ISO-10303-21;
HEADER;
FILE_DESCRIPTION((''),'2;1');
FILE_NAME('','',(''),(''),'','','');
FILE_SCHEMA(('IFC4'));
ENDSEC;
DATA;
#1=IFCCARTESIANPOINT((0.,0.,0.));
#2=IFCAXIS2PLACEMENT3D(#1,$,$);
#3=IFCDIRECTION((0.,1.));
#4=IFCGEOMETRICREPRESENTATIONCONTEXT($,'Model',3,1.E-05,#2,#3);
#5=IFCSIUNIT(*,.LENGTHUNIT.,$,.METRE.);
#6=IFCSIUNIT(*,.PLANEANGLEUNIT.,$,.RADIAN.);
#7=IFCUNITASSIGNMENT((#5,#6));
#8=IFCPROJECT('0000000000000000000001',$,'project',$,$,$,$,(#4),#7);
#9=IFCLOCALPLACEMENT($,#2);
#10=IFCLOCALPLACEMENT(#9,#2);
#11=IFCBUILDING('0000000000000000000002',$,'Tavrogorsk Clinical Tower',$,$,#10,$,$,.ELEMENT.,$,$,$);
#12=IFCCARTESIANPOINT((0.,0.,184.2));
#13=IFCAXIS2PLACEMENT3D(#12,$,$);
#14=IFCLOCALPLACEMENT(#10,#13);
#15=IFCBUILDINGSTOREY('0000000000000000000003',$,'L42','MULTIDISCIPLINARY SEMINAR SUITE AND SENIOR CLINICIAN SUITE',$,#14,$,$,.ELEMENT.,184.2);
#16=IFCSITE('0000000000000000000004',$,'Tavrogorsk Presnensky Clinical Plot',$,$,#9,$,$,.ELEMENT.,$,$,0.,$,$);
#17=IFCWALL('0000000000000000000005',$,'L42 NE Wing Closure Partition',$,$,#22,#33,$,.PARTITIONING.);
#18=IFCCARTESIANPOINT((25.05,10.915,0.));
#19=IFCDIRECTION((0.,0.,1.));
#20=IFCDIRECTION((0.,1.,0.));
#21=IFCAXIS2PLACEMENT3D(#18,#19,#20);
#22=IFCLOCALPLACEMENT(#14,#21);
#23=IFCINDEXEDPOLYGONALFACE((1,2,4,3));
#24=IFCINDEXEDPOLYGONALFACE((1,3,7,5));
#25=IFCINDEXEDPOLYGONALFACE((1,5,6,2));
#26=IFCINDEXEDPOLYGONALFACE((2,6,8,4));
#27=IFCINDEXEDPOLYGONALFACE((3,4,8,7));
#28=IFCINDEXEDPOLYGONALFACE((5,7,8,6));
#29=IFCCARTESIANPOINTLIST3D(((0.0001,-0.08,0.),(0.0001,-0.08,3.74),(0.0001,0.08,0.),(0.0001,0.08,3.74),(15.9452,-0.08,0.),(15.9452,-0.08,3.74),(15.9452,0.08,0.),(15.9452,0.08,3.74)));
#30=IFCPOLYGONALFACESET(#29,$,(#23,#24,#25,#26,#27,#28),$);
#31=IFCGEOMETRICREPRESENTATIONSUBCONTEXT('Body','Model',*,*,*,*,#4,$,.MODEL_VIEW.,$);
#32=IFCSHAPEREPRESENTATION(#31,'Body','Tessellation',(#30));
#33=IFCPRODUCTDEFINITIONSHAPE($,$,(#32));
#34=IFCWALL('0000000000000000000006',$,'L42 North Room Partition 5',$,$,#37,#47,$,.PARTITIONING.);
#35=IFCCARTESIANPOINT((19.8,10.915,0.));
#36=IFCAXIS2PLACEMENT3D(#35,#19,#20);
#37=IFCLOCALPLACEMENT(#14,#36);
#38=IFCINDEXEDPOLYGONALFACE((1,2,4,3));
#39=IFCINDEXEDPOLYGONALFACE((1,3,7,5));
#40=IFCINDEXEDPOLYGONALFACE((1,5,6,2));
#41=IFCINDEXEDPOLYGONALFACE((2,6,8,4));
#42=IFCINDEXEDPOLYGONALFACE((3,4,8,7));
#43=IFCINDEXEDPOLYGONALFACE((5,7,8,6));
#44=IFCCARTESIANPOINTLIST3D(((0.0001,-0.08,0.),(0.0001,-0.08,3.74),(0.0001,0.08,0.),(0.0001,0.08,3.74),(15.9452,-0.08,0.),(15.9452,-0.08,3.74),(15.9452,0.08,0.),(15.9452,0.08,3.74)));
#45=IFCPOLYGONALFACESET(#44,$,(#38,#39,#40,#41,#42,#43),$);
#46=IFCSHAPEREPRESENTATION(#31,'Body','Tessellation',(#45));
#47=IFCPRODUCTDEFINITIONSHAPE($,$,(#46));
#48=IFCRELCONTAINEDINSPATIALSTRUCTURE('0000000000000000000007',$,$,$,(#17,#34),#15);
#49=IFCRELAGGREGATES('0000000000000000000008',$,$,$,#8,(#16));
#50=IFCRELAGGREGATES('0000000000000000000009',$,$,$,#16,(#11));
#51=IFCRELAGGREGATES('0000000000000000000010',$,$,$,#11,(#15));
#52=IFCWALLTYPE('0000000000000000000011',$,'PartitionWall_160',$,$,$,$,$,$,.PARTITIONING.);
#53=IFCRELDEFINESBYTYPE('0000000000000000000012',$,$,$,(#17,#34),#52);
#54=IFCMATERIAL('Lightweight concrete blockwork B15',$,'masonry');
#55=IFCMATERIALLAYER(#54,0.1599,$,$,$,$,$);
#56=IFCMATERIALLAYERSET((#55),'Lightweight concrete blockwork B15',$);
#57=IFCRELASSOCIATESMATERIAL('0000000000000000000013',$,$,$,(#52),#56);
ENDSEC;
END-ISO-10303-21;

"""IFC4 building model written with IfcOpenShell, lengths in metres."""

from ifc_helpers import new_model, si_unit, direction, frame, frame_2d, origin, place, context, subcontext, project, spatial, rectangle, extrude, material, layer, layer_set, type_object, element, save


model = new_model("IFC4")

# Units and contexts
model_context = context("Model", 3, precision=1e-05, world=origin(), true_north=direction((0.0, 1.0)))
body_context = subcontext(model_context, "Body", "Model", "MODEL_VIEW")
ifc_project = project(units=[si_unit("LENGTHUNIT", "METRE"), si_unit("PLANEANGLEUNIT", "RADIAN")], contexts=[model_context])

# Site, building, storey
site_placement = place(None, origin())
site = spatial("IfcSite", under=ifc_project, at=site_placement, Name="Tavrogorsk Presnensky Clinical Plot", CompositionType="ELEMENT", RefElevation=0.0)
building_placement = place(site_placement, origin())
building = spatial("IfcBuilding", under=site, at=building_placement, Name="Tavrogorsk Clinical Tower", CompositionType="ELEMENT")
storey_placement = place(building_placement, frame((0.0, 0.0, 184.2)))
storey = spatial("IfcBuildingStorey", under=building, at=storey_placement, Name="L42", Description="MULTIDISCIPLINARY SEMINAR SUITE AND SENIOR CLINICIAN SUITE", CompositionType="ELEMENT", Elevation=184.2)

# Shared definitions
ifc_material_1 = material(Name="Lightweight concrete blockwork B15", Category="masonry")
ifc_layer_1 = layer(ifc_material_1, 0.1599)
ifc_layer_set_1 = layer_set([ifc_layer_1], Name="Lightweight concrete blockwork B15")
wall_type = type_object("IfcWallType", Name="PartitionWall_160", PredefinedType="PARTITIONING", material=ifc_layer_set_1)

# Walls
for number, where, z_axis, x_axis, name in (
    (1, (25.05, 10.915, 0.0), (0.0, 0.0, 1.0), (0.0, 1.0, 0.0), "L42 NE Wing Closure Partition"),
    (2, (19.8, 10.915, 0.0), (0.0, 0.0, 1.0), (0.0, 1.0, 0.0), "L42 North Room Partition 5"),
):
    element("IfcWall", number, at=place(storey_placement, frame(where, z_axis=z_axis, x_axis=x_axis)), inside=storey, type_object=wall_type, Name=name, PredefinedType="PARTITIONING", context=body_context, shape_type="SweptSolid", body=[
        extrude(rectangle(XDim=15.9451, YDim=0.1599, at=frame_2d((7.9727, 0.0))), origin(), (0.0, 0.0, 1.0), 3.74),
    ])

save(model, "model.ifc")
